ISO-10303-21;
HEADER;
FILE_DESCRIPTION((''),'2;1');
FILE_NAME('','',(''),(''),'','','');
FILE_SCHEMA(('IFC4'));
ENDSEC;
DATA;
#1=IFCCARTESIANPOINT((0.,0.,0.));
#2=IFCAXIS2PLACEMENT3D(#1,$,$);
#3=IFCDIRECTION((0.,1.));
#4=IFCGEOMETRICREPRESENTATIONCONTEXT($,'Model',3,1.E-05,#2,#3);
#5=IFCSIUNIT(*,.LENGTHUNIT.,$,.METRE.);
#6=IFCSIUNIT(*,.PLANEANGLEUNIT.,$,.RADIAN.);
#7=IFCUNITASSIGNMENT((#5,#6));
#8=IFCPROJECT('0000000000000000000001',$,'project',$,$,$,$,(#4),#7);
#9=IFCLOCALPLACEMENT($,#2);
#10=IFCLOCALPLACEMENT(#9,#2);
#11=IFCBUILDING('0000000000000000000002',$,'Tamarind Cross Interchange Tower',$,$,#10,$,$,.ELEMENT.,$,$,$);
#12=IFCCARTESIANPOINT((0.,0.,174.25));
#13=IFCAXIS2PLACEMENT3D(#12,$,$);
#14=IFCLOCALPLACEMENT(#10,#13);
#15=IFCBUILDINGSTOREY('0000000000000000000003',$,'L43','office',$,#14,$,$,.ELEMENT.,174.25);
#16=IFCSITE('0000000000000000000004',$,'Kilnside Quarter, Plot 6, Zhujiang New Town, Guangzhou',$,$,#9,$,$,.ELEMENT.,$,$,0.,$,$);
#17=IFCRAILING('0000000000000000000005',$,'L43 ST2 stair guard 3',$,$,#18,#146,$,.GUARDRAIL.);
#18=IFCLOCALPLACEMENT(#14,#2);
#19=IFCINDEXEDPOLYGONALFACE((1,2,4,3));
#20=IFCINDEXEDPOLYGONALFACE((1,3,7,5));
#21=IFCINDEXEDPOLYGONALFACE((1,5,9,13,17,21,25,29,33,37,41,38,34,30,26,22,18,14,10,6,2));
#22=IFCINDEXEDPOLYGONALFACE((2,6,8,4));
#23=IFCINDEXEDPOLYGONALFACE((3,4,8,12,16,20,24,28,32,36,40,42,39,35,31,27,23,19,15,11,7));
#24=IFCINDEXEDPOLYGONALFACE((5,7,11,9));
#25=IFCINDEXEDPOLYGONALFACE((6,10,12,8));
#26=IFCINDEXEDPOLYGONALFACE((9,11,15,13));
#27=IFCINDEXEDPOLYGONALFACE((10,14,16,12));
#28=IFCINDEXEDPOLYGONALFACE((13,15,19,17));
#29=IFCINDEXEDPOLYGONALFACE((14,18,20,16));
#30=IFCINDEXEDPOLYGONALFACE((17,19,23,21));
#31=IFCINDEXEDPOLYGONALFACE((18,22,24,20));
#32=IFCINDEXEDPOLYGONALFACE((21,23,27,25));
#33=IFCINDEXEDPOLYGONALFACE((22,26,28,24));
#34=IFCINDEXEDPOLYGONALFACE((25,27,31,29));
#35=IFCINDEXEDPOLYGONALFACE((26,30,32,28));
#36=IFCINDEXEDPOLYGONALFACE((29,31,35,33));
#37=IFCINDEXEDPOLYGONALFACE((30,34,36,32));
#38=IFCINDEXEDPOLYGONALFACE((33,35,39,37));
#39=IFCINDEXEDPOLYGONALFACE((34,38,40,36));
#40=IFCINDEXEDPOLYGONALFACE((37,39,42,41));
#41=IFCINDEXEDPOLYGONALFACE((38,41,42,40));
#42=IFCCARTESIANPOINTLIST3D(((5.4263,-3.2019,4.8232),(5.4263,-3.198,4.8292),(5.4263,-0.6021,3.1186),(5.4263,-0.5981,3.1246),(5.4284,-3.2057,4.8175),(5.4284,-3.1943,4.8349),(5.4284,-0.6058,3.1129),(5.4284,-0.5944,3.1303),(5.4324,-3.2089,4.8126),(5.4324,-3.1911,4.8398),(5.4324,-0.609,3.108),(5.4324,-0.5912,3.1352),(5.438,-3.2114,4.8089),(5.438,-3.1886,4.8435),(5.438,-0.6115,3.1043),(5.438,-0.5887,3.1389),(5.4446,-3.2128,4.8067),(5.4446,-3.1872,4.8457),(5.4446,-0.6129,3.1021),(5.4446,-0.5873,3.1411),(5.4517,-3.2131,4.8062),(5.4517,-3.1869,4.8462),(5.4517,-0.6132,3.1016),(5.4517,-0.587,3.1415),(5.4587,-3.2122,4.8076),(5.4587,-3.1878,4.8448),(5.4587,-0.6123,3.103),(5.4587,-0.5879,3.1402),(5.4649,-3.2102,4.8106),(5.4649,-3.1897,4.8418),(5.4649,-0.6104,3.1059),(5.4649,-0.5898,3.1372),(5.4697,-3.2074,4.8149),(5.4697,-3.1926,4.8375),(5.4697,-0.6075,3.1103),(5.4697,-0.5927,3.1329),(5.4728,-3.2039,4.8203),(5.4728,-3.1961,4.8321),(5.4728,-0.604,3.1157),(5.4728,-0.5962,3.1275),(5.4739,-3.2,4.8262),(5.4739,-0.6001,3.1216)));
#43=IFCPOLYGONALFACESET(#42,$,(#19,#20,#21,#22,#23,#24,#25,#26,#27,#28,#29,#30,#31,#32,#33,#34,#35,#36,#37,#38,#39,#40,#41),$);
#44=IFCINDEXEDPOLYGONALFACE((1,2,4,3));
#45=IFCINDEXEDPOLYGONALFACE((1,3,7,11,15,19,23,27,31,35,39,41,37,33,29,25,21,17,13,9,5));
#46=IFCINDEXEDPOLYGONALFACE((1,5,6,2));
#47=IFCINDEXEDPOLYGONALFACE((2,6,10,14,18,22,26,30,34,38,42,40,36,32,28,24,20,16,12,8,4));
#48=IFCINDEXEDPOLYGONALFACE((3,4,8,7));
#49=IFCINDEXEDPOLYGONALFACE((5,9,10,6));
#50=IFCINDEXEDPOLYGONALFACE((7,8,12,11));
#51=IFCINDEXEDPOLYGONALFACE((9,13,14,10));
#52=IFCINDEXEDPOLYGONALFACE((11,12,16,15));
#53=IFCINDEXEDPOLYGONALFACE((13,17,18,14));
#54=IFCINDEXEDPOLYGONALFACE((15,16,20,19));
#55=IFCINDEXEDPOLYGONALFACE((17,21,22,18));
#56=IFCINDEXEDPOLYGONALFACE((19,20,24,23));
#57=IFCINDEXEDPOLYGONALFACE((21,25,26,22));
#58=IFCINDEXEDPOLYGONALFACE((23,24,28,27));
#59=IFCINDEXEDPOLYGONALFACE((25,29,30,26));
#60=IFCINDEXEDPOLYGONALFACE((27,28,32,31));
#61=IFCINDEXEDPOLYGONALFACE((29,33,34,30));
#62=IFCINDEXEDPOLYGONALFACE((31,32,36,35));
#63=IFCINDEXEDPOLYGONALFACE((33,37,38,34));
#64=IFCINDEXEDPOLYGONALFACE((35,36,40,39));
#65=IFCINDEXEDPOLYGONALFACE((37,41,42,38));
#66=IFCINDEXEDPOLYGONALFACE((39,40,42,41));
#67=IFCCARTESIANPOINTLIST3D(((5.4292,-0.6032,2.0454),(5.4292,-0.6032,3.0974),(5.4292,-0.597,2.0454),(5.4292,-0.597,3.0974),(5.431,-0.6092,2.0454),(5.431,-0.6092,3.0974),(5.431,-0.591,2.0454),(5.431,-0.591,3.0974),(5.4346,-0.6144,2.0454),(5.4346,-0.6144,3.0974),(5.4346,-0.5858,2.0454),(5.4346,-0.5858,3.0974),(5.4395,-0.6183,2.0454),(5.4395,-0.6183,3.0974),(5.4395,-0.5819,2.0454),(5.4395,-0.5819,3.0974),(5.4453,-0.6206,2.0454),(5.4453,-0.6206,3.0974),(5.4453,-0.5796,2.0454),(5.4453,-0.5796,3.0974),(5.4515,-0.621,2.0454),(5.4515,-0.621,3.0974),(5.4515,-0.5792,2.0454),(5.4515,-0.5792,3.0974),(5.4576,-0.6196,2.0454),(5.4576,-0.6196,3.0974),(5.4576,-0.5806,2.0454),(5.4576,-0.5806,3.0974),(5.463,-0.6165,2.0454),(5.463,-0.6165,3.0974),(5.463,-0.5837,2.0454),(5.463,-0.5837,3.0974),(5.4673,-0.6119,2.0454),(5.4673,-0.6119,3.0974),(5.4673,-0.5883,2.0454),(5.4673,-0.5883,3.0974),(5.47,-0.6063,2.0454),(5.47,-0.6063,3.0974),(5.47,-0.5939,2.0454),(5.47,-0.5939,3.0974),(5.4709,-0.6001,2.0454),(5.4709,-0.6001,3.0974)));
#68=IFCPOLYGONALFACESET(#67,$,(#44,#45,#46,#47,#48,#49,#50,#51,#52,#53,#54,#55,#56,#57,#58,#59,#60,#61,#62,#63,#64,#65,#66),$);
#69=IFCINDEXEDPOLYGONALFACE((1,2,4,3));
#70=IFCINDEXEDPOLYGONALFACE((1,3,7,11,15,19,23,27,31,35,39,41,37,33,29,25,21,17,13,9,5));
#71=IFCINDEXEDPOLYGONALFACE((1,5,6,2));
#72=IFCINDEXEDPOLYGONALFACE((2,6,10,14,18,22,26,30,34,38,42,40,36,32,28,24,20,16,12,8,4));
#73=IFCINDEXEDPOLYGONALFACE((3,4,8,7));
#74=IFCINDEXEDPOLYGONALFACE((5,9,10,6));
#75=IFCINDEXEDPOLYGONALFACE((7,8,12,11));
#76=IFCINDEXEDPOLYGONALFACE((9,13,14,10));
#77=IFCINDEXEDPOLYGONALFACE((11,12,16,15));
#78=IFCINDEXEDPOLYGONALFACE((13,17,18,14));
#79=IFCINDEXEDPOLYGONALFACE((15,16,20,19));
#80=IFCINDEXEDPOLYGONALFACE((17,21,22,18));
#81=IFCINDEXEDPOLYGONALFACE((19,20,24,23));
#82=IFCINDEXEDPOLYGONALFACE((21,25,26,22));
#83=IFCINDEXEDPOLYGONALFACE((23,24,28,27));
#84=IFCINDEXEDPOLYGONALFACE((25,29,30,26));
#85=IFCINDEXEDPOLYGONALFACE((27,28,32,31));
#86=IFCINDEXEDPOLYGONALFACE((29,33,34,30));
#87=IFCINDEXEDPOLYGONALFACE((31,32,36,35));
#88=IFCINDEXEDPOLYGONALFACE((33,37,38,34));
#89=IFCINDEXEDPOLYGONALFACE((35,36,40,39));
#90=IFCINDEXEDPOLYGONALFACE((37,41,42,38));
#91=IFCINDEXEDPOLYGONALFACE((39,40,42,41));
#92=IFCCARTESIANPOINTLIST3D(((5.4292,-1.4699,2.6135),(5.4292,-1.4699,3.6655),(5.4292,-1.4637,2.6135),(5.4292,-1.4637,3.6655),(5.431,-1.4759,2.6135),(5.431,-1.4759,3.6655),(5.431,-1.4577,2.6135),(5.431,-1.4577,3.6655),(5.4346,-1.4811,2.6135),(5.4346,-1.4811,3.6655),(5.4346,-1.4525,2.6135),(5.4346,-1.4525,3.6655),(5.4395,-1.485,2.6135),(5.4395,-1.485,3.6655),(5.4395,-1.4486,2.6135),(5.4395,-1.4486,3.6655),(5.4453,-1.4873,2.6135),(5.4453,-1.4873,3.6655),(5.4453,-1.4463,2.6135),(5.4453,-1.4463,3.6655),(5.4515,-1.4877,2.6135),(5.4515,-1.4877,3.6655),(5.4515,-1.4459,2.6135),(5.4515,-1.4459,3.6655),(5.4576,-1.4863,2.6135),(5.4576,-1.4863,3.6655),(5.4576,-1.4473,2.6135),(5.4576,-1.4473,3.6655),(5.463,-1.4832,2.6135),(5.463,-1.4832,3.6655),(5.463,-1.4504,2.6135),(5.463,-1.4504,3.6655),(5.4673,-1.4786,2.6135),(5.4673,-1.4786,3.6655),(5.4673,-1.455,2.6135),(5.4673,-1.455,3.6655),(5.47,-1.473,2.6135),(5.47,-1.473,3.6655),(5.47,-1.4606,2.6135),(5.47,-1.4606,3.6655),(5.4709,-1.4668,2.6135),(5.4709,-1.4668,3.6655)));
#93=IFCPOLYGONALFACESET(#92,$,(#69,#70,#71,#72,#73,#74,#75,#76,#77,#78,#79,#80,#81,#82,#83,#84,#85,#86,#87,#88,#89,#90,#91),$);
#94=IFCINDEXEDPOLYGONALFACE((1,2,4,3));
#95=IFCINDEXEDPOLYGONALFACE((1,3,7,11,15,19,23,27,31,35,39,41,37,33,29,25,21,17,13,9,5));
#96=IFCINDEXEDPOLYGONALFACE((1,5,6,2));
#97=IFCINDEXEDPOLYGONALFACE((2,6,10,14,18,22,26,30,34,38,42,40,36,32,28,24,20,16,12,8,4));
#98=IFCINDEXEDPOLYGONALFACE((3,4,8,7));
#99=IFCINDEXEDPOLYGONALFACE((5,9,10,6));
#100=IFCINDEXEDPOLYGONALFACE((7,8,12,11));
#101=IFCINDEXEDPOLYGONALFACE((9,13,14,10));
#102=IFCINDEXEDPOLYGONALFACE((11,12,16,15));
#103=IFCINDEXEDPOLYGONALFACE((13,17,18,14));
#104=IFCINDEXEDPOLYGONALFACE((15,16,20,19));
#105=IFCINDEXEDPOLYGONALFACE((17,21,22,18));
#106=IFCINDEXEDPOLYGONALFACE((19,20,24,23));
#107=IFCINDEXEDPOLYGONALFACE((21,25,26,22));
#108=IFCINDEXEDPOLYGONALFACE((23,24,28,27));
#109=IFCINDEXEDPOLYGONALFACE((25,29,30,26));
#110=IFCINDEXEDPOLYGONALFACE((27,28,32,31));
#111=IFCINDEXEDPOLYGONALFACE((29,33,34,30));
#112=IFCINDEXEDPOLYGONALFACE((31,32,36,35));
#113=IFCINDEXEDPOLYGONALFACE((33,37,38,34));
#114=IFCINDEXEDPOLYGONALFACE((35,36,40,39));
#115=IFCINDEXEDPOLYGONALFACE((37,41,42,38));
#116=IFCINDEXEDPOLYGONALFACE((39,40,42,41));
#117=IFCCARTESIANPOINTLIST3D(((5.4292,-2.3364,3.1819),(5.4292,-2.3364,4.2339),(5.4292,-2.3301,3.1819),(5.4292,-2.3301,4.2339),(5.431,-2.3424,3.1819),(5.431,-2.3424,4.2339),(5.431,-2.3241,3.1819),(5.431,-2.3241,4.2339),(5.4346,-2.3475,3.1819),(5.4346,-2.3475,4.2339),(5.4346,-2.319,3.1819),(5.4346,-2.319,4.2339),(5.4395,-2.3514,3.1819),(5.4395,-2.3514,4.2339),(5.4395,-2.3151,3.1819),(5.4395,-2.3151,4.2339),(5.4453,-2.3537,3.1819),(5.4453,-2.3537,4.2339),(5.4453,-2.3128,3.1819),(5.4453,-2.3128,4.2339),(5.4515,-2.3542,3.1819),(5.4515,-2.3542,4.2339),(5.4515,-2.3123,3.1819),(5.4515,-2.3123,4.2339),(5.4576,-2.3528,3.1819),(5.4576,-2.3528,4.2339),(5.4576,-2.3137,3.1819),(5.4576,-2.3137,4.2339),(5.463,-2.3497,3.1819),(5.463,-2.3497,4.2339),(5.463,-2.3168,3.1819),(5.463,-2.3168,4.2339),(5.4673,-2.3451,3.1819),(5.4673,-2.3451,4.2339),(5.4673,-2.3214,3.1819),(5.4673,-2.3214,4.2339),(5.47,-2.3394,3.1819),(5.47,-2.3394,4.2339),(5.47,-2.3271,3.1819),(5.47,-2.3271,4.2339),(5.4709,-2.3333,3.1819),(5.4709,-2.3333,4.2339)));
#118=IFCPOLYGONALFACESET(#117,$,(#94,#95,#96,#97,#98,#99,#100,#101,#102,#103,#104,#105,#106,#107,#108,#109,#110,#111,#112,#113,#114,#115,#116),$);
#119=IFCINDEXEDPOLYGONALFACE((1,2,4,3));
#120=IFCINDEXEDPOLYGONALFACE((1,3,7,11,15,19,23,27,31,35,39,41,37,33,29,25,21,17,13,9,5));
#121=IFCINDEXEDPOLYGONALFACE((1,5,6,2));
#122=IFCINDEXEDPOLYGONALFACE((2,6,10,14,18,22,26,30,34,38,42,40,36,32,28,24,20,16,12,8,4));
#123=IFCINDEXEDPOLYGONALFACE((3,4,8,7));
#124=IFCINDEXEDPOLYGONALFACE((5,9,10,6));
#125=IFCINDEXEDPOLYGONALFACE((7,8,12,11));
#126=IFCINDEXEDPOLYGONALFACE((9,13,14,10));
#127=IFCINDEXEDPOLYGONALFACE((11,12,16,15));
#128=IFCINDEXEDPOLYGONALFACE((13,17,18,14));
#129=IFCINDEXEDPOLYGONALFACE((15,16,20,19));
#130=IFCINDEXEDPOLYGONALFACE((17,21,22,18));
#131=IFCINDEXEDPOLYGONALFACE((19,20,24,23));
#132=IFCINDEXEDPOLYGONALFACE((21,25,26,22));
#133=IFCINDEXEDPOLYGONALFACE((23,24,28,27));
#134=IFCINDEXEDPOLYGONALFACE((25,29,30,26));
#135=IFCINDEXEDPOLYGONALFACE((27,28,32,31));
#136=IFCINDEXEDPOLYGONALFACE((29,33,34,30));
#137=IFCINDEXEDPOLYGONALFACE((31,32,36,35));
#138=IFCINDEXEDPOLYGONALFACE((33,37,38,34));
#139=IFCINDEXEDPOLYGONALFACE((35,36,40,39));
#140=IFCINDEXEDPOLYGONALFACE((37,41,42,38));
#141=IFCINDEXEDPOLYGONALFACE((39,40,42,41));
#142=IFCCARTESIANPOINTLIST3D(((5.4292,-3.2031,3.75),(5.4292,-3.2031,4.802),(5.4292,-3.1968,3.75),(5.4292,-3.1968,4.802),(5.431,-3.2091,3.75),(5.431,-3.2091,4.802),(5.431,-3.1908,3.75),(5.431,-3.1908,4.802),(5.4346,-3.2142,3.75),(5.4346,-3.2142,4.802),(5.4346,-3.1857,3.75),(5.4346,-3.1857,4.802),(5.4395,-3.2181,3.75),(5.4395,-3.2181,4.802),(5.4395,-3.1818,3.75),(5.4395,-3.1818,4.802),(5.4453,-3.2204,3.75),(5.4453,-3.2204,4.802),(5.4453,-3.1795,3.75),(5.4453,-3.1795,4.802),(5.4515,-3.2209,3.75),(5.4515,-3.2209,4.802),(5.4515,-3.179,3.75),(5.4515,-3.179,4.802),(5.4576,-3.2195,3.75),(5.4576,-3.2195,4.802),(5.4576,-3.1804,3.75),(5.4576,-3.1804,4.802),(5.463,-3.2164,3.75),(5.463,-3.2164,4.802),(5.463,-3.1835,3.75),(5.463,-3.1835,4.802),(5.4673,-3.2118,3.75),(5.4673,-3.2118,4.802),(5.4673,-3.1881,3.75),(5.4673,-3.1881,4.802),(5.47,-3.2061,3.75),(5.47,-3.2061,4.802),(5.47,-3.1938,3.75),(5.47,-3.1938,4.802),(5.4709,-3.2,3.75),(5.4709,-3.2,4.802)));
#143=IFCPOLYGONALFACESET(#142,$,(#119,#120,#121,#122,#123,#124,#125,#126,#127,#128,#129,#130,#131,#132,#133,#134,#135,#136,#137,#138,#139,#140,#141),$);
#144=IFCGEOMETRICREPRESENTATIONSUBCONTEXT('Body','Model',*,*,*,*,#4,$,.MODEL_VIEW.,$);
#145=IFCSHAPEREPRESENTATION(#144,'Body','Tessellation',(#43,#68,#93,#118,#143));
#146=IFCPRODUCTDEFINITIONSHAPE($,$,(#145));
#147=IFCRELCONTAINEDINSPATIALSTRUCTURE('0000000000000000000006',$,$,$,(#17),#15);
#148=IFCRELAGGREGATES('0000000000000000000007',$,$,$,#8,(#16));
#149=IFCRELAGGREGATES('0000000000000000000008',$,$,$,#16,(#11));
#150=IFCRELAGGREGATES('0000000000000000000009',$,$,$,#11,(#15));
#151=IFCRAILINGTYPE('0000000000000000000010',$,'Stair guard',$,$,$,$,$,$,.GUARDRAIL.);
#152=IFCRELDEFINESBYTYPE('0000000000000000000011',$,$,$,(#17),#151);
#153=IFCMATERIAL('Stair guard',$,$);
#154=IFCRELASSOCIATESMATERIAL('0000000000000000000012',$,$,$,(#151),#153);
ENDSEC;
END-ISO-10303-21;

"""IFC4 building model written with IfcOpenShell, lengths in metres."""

from ifc_helpers import new_model, si_unit, direction, frame, origin, origin_2d, place, context, subcontext, project, spatial, circle, extrude, material, type_object, element, save


model = new_model("IFC4")

# Units and contexts
model_context = context("Model", 3, precision=1e-05, world=origin(), true_north=direction((0.0, 1.0)))
body_context = subcontext(model_context, "Body", "Model", "MODEL_VIEW")
ifc_project = project(units=[si_unit("LENGTHUNIT", "METRE"), si_unit("PLANEANGLEUNIT", "RADIAN")], contexts=[model_context])

# Site, building, storey
site_placement = place(None, origin())
site = spatial("IfcSite", under=ifc_project, at=site_placement, Name="Kilnside Quarter, Plot 6, Zhujiang New Town, Guangzhou", CompositionType="ELEMENT", RefElevation=0.0)
building_placement = place(site_placement, origin())
building = spatial("IfcBuilding", under=site, at=building_placement, Name="Tamarind Cross Interchange Tower", CompositionType="ELEMENT")
storey_placement = place(building_placement, frame((0.0, 0.0, 174.25)))
storey = spatial("IfcBuildingStorey", under=building, at=storey_placement, Name="L43", Description="office", CompositionType="ELEMENT", Elevation=174.25)

# Railing
ifc_material_1 = material(Name="Stair guard")
railing_type_1 = type_object("IfcRailingType", Name="Stair guard", PredefinedType="GUARDRAIL", material=ifc_material_1)
railing_1_placement = place(storey_placement, frame((5.45, -0.6001, 2.0454)))
element("IfcRailing", 1, at=railing_1_placement, inside=storey, type_object=railing_type_1, Name="L43 ST2 stair guard 3", PredefinedType="GUARDRAIL", context=body_context, shape_type="SweptSolid", body=[
    extrude(circle(Radius=0.0239, at=origin_2d()), frame((0.0, 0.0, 1.0762), z_axis=(0.0, -0.836279, 0.548305), x_axis=(1.0, 0.0, 0.0)), (0.0, 0.0, 1.0), 3.1089),
    extrude(circle(Radius=0.021, at=origin_2d()), origin(), (0.0, 0.0, 1.0), 1.052),
    extrude(circle(Radius=0.021, at=origin_2d()), frame((0.0, -0.8667, 0.5681)), (0.0, 0.0, 1.0), 1.052),
    extrude(circle(Radius=0.021, at=origin_2d()), frame((0.0, -1.7332, 1.1365)), (0.0, 0.0, 1.0), 1.052),
    extrude(circle(Radius=0.021, at=origin_2d()), frame((0.0, -2.5999, 1.7046)), (0.0, 0.0, 1.0), 1.052),
])

save(model, "model.ifc")
